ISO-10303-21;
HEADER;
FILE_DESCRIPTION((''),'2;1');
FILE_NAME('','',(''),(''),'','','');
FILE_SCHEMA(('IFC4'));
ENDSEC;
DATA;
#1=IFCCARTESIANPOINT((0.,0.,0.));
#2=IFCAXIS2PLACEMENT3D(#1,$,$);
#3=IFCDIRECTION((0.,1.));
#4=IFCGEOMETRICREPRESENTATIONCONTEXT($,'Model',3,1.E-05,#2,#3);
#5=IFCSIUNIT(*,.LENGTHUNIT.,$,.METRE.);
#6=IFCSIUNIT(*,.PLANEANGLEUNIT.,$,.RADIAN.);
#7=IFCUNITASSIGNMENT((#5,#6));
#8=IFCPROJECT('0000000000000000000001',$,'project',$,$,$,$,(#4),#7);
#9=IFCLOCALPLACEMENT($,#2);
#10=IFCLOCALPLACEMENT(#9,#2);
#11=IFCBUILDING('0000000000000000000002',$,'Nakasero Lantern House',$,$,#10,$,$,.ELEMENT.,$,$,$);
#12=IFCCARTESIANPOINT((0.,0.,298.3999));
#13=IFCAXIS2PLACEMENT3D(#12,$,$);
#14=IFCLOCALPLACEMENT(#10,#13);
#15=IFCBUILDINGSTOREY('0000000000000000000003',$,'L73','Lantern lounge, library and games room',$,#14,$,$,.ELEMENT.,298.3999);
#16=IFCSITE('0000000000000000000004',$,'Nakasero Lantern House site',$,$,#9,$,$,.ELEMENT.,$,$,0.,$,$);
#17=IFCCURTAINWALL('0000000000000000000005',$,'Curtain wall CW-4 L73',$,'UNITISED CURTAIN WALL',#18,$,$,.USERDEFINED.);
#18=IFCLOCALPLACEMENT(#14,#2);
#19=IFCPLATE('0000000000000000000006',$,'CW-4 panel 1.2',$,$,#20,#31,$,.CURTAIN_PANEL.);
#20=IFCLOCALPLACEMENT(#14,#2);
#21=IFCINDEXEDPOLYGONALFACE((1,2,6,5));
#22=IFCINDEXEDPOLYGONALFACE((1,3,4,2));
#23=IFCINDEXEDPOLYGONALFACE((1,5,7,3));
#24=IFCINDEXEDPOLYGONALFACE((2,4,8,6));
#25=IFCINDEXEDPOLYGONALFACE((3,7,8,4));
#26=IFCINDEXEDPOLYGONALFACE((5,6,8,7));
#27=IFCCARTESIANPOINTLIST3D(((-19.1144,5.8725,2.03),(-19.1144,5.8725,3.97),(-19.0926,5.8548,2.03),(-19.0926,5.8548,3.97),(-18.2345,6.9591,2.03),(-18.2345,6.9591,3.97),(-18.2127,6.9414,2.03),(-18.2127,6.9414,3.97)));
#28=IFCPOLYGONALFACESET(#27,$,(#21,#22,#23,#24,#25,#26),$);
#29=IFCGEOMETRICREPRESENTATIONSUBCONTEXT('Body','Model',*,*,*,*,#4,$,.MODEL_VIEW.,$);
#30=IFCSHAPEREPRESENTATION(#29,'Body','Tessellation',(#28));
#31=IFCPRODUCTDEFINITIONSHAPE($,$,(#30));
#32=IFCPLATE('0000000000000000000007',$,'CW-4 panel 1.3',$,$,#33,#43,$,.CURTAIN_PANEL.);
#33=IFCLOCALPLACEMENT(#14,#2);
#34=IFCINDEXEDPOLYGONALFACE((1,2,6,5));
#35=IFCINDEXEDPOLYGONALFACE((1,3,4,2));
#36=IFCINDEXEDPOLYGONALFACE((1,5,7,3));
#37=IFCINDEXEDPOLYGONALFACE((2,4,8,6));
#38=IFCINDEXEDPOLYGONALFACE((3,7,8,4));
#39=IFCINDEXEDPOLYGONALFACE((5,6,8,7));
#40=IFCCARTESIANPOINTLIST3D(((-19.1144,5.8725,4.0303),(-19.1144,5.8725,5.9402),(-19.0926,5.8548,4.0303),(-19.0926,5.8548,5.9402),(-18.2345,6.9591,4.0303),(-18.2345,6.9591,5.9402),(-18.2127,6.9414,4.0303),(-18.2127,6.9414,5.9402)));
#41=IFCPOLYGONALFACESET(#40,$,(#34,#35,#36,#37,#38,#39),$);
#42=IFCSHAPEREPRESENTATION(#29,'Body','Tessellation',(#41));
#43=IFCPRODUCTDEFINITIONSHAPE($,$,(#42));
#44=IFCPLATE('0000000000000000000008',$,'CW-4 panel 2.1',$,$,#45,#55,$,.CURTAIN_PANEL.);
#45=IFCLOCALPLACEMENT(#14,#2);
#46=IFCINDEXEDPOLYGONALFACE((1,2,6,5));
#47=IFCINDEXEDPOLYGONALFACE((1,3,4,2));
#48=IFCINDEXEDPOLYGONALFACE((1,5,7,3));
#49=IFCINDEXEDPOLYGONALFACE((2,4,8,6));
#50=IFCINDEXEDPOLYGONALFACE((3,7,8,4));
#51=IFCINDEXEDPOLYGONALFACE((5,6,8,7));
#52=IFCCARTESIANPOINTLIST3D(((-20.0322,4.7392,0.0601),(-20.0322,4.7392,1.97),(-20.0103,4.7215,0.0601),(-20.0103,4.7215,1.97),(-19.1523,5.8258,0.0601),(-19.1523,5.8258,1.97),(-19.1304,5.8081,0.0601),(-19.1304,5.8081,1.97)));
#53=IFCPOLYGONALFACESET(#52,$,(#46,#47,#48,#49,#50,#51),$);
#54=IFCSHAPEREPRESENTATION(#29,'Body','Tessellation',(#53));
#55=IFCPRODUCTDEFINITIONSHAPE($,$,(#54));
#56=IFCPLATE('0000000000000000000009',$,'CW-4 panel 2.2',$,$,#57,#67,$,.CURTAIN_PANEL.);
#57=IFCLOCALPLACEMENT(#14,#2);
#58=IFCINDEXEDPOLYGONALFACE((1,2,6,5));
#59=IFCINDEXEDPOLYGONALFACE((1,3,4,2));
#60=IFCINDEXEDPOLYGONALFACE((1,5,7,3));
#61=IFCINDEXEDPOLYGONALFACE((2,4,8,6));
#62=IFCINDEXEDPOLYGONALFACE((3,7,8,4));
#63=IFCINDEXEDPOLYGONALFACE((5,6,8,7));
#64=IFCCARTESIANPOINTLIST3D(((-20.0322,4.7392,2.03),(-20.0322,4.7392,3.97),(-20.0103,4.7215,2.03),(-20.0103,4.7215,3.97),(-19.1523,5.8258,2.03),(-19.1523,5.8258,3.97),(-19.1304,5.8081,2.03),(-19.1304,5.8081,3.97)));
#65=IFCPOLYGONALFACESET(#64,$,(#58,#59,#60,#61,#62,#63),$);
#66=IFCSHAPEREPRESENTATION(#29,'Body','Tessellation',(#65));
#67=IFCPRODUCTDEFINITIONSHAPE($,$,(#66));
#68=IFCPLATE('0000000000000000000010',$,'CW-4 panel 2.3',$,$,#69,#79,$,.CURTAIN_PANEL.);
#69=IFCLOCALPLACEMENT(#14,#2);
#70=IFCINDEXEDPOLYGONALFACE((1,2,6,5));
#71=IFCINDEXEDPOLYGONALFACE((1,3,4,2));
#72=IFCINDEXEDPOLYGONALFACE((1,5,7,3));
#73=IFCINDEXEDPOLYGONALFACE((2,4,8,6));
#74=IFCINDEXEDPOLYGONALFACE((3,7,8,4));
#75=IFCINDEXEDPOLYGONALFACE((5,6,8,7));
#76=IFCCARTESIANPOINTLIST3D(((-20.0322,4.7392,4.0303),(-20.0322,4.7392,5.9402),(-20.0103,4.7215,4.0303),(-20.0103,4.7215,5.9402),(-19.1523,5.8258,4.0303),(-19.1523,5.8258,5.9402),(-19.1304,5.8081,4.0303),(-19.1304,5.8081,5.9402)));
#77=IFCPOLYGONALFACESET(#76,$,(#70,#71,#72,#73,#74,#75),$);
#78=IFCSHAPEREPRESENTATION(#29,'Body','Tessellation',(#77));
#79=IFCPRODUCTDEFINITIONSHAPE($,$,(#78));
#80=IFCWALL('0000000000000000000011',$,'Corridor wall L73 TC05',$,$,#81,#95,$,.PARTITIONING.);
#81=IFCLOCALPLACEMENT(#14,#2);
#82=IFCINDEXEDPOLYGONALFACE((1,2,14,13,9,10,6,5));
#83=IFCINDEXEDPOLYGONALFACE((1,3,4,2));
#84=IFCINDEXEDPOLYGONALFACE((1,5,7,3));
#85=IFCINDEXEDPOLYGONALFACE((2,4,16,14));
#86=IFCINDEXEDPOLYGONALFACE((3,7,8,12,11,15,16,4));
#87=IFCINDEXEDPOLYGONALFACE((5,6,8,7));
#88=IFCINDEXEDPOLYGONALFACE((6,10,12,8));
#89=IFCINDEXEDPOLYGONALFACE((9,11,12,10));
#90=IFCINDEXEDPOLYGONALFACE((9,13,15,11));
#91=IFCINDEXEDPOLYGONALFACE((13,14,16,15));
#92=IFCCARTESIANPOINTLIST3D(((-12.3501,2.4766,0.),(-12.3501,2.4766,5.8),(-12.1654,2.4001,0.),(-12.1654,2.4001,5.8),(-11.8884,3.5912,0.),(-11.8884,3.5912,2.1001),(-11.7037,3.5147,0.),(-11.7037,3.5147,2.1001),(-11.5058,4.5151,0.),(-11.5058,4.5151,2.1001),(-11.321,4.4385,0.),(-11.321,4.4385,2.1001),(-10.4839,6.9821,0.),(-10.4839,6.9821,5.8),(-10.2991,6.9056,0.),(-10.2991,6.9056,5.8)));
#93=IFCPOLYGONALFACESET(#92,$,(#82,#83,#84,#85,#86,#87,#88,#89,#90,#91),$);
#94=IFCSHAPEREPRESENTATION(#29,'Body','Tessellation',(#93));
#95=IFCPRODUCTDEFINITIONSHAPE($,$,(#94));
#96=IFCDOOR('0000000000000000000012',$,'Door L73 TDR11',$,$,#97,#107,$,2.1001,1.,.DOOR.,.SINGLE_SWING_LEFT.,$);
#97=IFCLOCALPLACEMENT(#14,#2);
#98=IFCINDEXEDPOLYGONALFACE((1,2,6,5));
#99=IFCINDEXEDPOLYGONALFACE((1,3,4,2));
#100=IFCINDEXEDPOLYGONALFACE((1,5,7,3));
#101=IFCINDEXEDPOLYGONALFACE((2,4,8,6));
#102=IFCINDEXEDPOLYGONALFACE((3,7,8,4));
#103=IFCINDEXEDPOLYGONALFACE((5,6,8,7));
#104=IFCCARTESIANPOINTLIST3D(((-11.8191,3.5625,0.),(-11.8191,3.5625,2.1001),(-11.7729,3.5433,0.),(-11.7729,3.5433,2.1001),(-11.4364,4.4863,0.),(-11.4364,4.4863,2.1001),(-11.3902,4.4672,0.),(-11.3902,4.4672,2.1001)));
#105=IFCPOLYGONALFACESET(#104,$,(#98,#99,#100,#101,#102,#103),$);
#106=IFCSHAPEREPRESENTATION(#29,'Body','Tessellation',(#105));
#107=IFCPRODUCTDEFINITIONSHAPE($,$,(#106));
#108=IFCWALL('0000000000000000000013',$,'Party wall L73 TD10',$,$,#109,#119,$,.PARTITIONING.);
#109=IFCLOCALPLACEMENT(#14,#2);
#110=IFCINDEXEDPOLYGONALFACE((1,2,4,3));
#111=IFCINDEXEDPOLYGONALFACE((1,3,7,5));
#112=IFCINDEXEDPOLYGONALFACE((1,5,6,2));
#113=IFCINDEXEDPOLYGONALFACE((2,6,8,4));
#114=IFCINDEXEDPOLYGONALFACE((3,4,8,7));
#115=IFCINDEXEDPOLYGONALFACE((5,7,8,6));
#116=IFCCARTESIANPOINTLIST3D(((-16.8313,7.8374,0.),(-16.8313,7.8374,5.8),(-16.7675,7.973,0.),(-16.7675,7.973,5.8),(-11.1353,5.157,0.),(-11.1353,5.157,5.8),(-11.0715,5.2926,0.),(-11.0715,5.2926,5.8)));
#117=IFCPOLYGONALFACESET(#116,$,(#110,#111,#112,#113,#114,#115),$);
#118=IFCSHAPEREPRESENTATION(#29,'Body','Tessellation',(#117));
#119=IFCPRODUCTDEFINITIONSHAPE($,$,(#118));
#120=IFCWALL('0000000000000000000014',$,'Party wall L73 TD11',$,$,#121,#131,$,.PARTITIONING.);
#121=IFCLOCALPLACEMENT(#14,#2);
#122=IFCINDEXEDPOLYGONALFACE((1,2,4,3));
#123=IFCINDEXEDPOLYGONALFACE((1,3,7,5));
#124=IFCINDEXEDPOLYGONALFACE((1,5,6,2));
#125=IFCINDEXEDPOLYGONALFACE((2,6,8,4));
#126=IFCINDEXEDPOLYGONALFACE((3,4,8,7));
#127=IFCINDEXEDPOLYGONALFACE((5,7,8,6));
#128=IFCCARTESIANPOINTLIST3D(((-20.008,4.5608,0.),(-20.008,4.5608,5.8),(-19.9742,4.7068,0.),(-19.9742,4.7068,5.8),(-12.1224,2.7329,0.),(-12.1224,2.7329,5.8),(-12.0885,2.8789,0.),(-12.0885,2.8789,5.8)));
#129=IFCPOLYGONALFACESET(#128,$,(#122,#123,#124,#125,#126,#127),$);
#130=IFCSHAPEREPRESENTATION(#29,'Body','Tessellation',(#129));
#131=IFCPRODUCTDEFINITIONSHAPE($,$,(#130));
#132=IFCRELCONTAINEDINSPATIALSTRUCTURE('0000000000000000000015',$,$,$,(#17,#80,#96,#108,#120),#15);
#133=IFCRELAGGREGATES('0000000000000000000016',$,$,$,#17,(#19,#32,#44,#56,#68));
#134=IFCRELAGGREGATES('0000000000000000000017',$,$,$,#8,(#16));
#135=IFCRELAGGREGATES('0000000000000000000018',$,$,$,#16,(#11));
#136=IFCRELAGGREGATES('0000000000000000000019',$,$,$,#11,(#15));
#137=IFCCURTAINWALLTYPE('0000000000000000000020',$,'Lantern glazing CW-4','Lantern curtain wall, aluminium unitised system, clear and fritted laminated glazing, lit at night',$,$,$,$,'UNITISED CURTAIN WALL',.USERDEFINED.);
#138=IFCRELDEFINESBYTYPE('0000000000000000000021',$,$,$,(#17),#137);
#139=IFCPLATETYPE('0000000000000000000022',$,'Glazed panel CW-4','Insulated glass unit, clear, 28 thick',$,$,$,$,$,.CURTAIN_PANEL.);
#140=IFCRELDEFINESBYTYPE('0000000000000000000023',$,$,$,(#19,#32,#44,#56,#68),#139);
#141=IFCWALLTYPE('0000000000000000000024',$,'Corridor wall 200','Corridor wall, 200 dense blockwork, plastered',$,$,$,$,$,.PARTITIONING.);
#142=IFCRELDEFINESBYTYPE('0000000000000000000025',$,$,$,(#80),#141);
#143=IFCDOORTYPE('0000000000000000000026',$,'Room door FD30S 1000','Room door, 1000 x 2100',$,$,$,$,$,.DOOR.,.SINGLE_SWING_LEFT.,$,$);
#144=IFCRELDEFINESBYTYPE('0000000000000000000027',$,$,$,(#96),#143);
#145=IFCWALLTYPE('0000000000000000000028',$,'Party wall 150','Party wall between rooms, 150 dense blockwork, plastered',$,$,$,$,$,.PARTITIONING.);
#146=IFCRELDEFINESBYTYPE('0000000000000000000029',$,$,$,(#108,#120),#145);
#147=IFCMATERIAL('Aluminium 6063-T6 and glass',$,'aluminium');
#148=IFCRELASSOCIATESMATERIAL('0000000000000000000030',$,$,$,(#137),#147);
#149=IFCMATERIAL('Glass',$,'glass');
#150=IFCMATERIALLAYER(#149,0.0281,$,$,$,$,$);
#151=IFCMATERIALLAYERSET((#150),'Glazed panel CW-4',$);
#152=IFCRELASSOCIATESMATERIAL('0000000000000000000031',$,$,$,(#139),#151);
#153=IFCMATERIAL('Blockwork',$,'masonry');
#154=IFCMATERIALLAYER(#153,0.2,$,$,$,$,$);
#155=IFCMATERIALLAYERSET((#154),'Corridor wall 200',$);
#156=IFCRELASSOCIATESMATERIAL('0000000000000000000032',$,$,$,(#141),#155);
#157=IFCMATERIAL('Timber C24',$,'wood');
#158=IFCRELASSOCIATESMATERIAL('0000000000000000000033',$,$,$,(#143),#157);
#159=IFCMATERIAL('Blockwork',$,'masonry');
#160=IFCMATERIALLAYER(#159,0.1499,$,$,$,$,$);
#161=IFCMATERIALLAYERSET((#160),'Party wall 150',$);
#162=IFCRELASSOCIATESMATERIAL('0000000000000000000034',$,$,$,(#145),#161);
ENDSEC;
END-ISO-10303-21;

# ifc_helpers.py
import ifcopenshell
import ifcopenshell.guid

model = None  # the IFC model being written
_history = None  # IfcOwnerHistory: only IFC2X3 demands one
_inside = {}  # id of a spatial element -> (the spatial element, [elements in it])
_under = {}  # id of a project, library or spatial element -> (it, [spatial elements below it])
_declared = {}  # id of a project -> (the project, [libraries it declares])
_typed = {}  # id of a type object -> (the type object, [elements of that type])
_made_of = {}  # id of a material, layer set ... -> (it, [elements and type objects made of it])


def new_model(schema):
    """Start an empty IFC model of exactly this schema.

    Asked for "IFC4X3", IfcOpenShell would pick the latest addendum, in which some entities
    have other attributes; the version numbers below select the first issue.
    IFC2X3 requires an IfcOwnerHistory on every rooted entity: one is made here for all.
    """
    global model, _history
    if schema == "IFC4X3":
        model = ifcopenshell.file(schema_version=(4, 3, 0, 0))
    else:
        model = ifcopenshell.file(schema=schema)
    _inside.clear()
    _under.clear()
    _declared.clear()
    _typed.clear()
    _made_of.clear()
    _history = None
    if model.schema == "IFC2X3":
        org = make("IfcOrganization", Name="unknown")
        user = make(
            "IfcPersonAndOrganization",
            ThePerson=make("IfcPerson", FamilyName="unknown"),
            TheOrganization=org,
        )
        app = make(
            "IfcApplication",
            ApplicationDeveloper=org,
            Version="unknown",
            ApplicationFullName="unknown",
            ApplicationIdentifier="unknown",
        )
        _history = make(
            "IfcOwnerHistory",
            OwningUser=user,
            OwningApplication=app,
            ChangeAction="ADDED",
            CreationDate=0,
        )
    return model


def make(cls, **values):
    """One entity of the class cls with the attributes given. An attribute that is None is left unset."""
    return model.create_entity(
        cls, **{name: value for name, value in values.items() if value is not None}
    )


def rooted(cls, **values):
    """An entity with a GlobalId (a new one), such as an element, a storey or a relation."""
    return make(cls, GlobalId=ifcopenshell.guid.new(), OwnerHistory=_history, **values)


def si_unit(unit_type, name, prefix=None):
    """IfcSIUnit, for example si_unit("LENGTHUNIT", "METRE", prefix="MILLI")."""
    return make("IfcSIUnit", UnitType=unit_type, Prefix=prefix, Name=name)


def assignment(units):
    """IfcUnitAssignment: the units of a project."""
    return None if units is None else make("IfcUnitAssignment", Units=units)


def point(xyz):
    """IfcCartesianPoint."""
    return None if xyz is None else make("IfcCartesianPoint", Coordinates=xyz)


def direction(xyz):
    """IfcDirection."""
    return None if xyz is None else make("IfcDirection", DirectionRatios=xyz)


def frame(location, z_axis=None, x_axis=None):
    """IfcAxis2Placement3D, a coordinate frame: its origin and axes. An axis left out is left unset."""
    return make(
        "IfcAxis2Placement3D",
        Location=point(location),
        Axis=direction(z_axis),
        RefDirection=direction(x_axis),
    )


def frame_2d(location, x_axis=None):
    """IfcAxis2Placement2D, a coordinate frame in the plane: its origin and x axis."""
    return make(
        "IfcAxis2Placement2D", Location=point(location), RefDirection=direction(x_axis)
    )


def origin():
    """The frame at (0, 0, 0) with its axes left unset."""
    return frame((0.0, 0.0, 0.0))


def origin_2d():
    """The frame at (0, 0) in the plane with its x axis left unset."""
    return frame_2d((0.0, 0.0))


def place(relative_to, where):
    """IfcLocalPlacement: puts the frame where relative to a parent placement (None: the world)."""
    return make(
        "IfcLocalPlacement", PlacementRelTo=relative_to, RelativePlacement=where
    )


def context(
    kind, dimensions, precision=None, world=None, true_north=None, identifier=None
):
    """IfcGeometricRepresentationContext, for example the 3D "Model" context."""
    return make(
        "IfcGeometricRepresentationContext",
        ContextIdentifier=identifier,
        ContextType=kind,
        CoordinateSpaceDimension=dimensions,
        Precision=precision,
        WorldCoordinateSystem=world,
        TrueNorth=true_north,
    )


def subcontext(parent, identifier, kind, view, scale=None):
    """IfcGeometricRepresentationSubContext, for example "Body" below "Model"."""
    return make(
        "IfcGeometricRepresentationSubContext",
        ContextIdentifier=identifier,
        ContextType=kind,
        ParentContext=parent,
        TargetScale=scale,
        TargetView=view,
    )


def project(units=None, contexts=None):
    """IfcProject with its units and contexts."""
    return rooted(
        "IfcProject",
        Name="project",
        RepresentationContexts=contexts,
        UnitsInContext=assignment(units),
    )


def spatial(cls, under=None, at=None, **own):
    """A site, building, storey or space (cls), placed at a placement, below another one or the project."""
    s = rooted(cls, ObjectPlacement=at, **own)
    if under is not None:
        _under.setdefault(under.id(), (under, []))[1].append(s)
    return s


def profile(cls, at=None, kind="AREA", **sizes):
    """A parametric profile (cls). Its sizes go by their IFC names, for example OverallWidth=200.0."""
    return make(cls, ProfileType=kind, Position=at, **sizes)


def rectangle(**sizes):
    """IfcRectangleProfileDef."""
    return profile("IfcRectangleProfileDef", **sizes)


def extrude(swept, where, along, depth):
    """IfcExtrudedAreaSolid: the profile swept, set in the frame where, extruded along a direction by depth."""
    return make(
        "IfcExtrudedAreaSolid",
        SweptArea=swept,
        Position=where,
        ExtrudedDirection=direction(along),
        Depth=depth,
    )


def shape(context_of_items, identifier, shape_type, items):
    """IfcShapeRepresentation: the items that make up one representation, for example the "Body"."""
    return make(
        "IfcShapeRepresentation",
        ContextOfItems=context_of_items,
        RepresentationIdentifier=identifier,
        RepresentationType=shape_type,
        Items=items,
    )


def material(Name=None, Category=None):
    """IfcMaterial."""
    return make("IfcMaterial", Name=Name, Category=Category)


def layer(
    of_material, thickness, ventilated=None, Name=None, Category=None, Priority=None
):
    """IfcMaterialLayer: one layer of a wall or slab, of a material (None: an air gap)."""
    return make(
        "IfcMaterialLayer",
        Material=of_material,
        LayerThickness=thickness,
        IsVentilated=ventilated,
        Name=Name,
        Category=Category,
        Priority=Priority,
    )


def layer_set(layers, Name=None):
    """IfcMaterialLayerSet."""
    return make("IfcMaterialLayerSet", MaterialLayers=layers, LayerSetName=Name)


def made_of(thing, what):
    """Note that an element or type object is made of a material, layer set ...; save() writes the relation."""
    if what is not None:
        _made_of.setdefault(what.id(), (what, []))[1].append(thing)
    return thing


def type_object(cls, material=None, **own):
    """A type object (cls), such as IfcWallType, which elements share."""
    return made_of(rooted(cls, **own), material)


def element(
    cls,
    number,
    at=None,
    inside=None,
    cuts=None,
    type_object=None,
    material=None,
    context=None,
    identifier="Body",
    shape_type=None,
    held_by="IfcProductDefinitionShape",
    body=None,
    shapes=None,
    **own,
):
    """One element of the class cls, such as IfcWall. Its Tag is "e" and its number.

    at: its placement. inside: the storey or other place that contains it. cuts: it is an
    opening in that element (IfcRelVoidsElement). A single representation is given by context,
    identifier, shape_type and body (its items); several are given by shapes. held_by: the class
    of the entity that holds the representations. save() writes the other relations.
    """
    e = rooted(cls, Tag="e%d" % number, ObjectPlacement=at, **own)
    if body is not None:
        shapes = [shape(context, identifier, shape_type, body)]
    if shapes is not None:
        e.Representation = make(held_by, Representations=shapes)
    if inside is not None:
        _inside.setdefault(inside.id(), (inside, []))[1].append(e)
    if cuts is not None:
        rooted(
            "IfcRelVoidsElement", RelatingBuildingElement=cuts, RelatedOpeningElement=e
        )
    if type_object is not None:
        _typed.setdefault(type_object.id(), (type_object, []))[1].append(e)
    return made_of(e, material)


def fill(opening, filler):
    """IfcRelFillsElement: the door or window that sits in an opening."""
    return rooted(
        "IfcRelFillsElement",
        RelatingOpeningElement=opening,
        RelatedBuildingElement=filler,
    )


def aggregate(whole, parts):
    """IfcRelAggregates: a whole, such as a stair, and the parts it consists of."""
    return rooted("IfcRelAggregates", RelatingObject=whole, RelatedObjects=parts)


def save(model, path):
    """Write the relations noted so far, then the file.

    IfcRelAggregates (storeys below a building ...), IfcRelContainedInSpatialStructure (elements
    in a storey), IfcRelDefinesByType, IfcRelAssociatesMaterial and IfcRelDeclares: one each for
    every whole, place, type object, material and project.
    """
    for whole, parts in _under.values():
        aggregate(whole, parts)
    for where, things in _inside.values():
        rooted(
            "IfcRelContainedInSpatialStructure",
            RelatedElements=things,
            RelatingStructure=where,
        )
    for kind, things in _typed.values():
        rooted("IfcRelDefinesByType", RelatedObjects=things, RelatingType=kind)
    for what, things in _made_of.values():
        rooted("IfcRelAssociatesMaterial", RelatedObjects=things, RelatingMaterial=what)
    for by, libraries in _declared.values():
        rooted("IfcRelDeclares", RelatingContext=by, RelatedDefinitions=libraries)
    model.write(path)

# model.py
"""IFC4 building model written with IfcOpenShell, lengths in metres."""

from ifc_helpers import new_model, si_unit, direction, frame, frame_2d, origin, origin_2d, place, context, subcontext, project, spatial, rectangle, extrude, material, layer, layer_set, type_object, element, fill, aggregate, save


model = new_model("IFC4")

# Units and contexts
model_context = context("Model", 3, precision=1e-05, world=origin(), true_north=direction((0.0, 1.0)))
body_context = subcontext(model_context, "Body", "Model", "MODEL_VIEW")
ifc_project = project(units=[si_unit("LENGTHUNIT", "METRE"), si_unit("PLANEANGLEUNIT", "RADIAN")], contexts=[model_context])

# Site, building, storey
site_placement = place(None, origin())
site = spatial("IfcSite", under=ifc_project, at=site_placement, Name="Nakasero Lantern House site", CompositionType="ELEMENT", RefElevation=0.0)
building_placement = place(site_placement, origin())
building = spatial("IfcBuilding", under=site, at=building_placement, Name="Nakasero Lantern House", CompositionType="ELEMENT")
storey_placement = place(building_placement, frame((0.0, 0.0, 298.3999)))
storey = spatial("IfcBuildingStorey", under=building, at=storey_placement, Name="L73", Description="Lantern lounge, library and games room", CompositionType="ELEMENT", Elevation=298.3999)

# Curtain wall
ifc_material_1 = material(Name="Aluminium 6063-T6 and glass", Category="aluminium")
curtain_wall_type = type_object("IfcCurtainWallType", Name="Lantern glazing CW-4", Description="Lantern curtain wall, aluminium unitised system, clear and fritted laminated glazing, lit at night", ElementType="UNITISED CURTAIN WALL", PredefinedType="USERDEFINED", material=ifc_material_1)
curtain_wall_1_placement = place(storey_placement, origin())
curtain_wall_1 = element("IfcCurtainWall", 1, at=curtain_wall_1_placement, inside=storey, type_object=curtain_wall_type, Name="Curtain wall CW-4 L73", ObjectType="UNITISED CURTAIN WALL", PredefinedType="USERDEFINED")

# Plates
ifc_material_2 = material(Name="Glass", Category="glass")
ifc_layer_1 = layer(ifc_material_2, 0.0281)
ifc_layer_set_1 = layer_set([ifc_layer_1], Name="Glazed panel CW-4")
plate_type = type_object("IfcPlateType", Name="Glazed panel CW-4", Description="Insulated glass unit, clear, 28 thick", PredefinedType="CURTAIN_PANEL", material=ifc_layer_set_1)
plate_1_placement = place(storey_placement, frame((-18.6636, 6.407, 2.03), z_axis=(0.0, 0.0, 1.0), x_axis=(-0.62932, -0.777146, 0.0)))
plate_1 = element("IfcPlate", 2, at=plate_1_placement, type_object=plate_type, Name="CW-4 panel 1.2", PredefinedType="CURTAIN_PANEL", context=body_context, shape_type="SweptSolid", body=[
    extrude(rectangle(XDim=1.3982, YDim=0.0281, at=origin_2d()), origin(), (0.0, 0.0, 1.0), 1.9399),
])
plate_2_placement = place(storey_placement, frame((-18.6636, 6.407, 4.0303), z_axis=(0.0, 0.0, 1.0), x_axis=(-0.62932, -0.777146, 0.0)))
plate_2 = element("IfcPlate", 3, at=plate_2_placement, type_object=plate_type, Name="CW-4 panel 1.3", PredefinedType="CURTAIN_PANEL", context=body_context, shape_type="SweptSolid", body=[
    extrude(rectangle(XDim=1.3982, YDim=0.0281, at=origin_2d()), origin(), (0.0, 0.0, 1.0), 1.9099),
])
plate_3_placement = place(storey_placement, frame((-19.5813, 5.2737, 0.0601), z_axis=(0.0, 0.0, 1.0), x_axis=(-0.62932, -0.777146, 0.0)))
plate_3 = element("IfcPlate", 4, at=plate_3_placement, type_object=plate_type, Name="CW-4 panel 2.1", PredefinedType="CURTAIN_PANEL", context=body_context, shape_type="SweptSolid", body=[
    extrude(rectangle(XDim=1.3982, YDim=0.0281, at=origin_2d()), origin(), (0.0, 0.0, 1.0), 1.9099),
])
plate_4_placement = place(storey_placement, frame((-19.5813, 5.2737, 2.03), z_axis=(0.0, 0.0, 1.0), x_axis=(-0.62932, -0.777146, 0.0)))
plate_4 = element("IfcPlate", 5, at=plate_4_placement, type_object=plate_type, Name="CW-4 panel 2.2", PredefinedType="CURTAIN_PANEL", context=body_context, shape_type="SweptSolid", body=[
    extrude(rectangle(XDim=1.3982, YDim=0.0281, at=origin_2d()), origin(), (0.0, 0.0, 1.0), 1.9399),
])
plate_5_placement = place(storey_placement, frame((-19.5813, 5.2737, 4.0303), z_axis=(0.0, 0.0, 1.0), x_axis=(-0.62932, -0.777146, 0.0)))
plate_5 = element("IfcPlate", 6, at=plate_5_placement, type_object=plate_type, Name="CW-4 panel 2.3", PredefinedType="CURTAIN_PANEL", context=body_context, shape_type="SweptSolid", body=[
    extrude(rectangle(XDim=1.3982, YDim=0.0281, at=origin_2d()), origin(), (0.0, 0.0, 1.0), 1.9099),
])
aggregate(curtain_wall_1, [plate_1, plate_2, plate_3, plate_4, plate_5])

# Wall, opening, door
ifc_material_3 = material(Name="Blockwork", Category="masonry")
ifc_layer_2 = layer(ifc_material_3, 0.2)
ifc_layer_set_2 = layer_set([ifc_layer_2], Name="Corridor wall 200")
wall_type_1 = type_object("IfcWallType", Name="Corridor wall 200", Description="Corridor wall, 200 dense blockwork, plastered", PredefinedType="PARTITIONING", material=ifc_layer_set_2)
wall_1_placement = place(storey_placement, frame((-12.2578, 2.4382, 0.0), z_axis=(0.0, 0.0, 1.0), x_axis=(0.382688, 0.923878, 0.0)))
wall_1 = element("IfcWall", 7, at=wall_1_placement, inside=storey, type_object=wall_type_1, Name="Corridor wall L73 TC05", PredefinedType="PARTITIONING", context=body_context, shape_type="SweptSolid", body=[
    extrude(rectangle(XDim=4.8767, YDim=0.2, at=frame_2d((2.4385, 0.0))), origin(), (0.0, 0.0, 1.0), 5.8),
])
opening_placement = place(wall_1_placement, frame((1.2065, 0.0, 0.0)))
opening = element("IfcOpeningElement", 8, at=opening_placement, cuts=wall_1, PredefinedType="OPENING", context=body_context, shape_type="SweptSolid", body=[
    extrude(rectangle(XDim=1.0, YDim=2.1001, at=frame_2d((0.5, 1.05))), frame((0.0, 0.1199, 0.0), z_axis=(0.0, -1.0, 0.0), x_axis=(1.0, 0.0, 0.0)), (0.0, 0.0, 1.0), 0.24),
])
ifc_material_4 = material(Name="Timber C24", Category="wood")
door_type = type_object("IfcDoorType", Name="Room door FD30S 1000", Description="Room door, 1000 x 2100", OperationType="SINGLE_SWING_LEFT", PredefinedType="DOOR", material=ifc_material_4)
door_placement = place(opening_placement, origin())
door = element("IfcDoor", 9, at=door_placement, inside=storey, type_object=door_type, Name="Door L73 TDR11", OperationType="SINGLE_SWING_LEFT", OverallHeight=2.1001, OverallWidth=1.0, PredefinedType="DOOR", context=body_context, shape_type="SweptSolid", body=[
    extrude(rectangle(XDim=1.0, YDim=2.1001, at=frame_2d((0.5, 1.05))), frame((0.0, 0.0249, 0.0), z_axis=(0.0, -1.0, 0.0), x_axis=(1.0, 0.0, 0.0)), (0.0, 0.0, 1.0), 0.05),
])
fill(opening, door)

# Walls
ifc_material_5 = material(Name="Blockwork", Category="masonry")
ifc_layer_3 = layer(ifc_material_5, 0.1499)
ifc_layer_set_3 = layer_set([ifc_layer_3], Name="Party wall 150")
wall_type_2 = type_object("IfcWallType", Name="Party wall 150", Description="Party wall between rooms, 150 dense blockwork, plastered", PredefinedType="PARTITIONING", material=ifc_layer_set_3)
wall_2_placement = place(storey_placement, frame((-11.1035, 5.2249, 0.0), z_axis=(0.0, 0.0, 1.0), x_axis=(-0.904823, 0.425788, 0.0)))
element("IfcWall", 10, at=wall_2_placement, inside=storey, type_object=wall_type_2, Name="Party wall L73 TD10", PredefinedType="PARTITIONING", context=body_context, shape_type="SweptSolid", body=[
    extrude(rectangle(XDim=6.2952, YDim=0.1499, at=frame_2d((3.1475, 0.0))), origin(), (0.0, 0.0, 1.0), 5.8),
])
wall_3_placement = place(storey_placement, frame((-12.1055, 2.8059, 0.0), z_axis=(0.0, 0.0, 1.0), x_axis=(-0.974172, 0.225809, 0.0)))
element("IfcWall", 11, at=wall_3_placement, inside=storey, type_object=wall_type_2, Name="Party wall L73 TD11", PredefinedType="PARTITIONING", context=body_context, shape_type="SweptSolid", body=[
    extrude(rectangle(XDim=8.0947, YDim=0.1499, at=frame_2d((4.0474, 0.0))), origin(), (0.0, 0.0, 1.0), 5.8),
])

save(model, "model.ifc")
